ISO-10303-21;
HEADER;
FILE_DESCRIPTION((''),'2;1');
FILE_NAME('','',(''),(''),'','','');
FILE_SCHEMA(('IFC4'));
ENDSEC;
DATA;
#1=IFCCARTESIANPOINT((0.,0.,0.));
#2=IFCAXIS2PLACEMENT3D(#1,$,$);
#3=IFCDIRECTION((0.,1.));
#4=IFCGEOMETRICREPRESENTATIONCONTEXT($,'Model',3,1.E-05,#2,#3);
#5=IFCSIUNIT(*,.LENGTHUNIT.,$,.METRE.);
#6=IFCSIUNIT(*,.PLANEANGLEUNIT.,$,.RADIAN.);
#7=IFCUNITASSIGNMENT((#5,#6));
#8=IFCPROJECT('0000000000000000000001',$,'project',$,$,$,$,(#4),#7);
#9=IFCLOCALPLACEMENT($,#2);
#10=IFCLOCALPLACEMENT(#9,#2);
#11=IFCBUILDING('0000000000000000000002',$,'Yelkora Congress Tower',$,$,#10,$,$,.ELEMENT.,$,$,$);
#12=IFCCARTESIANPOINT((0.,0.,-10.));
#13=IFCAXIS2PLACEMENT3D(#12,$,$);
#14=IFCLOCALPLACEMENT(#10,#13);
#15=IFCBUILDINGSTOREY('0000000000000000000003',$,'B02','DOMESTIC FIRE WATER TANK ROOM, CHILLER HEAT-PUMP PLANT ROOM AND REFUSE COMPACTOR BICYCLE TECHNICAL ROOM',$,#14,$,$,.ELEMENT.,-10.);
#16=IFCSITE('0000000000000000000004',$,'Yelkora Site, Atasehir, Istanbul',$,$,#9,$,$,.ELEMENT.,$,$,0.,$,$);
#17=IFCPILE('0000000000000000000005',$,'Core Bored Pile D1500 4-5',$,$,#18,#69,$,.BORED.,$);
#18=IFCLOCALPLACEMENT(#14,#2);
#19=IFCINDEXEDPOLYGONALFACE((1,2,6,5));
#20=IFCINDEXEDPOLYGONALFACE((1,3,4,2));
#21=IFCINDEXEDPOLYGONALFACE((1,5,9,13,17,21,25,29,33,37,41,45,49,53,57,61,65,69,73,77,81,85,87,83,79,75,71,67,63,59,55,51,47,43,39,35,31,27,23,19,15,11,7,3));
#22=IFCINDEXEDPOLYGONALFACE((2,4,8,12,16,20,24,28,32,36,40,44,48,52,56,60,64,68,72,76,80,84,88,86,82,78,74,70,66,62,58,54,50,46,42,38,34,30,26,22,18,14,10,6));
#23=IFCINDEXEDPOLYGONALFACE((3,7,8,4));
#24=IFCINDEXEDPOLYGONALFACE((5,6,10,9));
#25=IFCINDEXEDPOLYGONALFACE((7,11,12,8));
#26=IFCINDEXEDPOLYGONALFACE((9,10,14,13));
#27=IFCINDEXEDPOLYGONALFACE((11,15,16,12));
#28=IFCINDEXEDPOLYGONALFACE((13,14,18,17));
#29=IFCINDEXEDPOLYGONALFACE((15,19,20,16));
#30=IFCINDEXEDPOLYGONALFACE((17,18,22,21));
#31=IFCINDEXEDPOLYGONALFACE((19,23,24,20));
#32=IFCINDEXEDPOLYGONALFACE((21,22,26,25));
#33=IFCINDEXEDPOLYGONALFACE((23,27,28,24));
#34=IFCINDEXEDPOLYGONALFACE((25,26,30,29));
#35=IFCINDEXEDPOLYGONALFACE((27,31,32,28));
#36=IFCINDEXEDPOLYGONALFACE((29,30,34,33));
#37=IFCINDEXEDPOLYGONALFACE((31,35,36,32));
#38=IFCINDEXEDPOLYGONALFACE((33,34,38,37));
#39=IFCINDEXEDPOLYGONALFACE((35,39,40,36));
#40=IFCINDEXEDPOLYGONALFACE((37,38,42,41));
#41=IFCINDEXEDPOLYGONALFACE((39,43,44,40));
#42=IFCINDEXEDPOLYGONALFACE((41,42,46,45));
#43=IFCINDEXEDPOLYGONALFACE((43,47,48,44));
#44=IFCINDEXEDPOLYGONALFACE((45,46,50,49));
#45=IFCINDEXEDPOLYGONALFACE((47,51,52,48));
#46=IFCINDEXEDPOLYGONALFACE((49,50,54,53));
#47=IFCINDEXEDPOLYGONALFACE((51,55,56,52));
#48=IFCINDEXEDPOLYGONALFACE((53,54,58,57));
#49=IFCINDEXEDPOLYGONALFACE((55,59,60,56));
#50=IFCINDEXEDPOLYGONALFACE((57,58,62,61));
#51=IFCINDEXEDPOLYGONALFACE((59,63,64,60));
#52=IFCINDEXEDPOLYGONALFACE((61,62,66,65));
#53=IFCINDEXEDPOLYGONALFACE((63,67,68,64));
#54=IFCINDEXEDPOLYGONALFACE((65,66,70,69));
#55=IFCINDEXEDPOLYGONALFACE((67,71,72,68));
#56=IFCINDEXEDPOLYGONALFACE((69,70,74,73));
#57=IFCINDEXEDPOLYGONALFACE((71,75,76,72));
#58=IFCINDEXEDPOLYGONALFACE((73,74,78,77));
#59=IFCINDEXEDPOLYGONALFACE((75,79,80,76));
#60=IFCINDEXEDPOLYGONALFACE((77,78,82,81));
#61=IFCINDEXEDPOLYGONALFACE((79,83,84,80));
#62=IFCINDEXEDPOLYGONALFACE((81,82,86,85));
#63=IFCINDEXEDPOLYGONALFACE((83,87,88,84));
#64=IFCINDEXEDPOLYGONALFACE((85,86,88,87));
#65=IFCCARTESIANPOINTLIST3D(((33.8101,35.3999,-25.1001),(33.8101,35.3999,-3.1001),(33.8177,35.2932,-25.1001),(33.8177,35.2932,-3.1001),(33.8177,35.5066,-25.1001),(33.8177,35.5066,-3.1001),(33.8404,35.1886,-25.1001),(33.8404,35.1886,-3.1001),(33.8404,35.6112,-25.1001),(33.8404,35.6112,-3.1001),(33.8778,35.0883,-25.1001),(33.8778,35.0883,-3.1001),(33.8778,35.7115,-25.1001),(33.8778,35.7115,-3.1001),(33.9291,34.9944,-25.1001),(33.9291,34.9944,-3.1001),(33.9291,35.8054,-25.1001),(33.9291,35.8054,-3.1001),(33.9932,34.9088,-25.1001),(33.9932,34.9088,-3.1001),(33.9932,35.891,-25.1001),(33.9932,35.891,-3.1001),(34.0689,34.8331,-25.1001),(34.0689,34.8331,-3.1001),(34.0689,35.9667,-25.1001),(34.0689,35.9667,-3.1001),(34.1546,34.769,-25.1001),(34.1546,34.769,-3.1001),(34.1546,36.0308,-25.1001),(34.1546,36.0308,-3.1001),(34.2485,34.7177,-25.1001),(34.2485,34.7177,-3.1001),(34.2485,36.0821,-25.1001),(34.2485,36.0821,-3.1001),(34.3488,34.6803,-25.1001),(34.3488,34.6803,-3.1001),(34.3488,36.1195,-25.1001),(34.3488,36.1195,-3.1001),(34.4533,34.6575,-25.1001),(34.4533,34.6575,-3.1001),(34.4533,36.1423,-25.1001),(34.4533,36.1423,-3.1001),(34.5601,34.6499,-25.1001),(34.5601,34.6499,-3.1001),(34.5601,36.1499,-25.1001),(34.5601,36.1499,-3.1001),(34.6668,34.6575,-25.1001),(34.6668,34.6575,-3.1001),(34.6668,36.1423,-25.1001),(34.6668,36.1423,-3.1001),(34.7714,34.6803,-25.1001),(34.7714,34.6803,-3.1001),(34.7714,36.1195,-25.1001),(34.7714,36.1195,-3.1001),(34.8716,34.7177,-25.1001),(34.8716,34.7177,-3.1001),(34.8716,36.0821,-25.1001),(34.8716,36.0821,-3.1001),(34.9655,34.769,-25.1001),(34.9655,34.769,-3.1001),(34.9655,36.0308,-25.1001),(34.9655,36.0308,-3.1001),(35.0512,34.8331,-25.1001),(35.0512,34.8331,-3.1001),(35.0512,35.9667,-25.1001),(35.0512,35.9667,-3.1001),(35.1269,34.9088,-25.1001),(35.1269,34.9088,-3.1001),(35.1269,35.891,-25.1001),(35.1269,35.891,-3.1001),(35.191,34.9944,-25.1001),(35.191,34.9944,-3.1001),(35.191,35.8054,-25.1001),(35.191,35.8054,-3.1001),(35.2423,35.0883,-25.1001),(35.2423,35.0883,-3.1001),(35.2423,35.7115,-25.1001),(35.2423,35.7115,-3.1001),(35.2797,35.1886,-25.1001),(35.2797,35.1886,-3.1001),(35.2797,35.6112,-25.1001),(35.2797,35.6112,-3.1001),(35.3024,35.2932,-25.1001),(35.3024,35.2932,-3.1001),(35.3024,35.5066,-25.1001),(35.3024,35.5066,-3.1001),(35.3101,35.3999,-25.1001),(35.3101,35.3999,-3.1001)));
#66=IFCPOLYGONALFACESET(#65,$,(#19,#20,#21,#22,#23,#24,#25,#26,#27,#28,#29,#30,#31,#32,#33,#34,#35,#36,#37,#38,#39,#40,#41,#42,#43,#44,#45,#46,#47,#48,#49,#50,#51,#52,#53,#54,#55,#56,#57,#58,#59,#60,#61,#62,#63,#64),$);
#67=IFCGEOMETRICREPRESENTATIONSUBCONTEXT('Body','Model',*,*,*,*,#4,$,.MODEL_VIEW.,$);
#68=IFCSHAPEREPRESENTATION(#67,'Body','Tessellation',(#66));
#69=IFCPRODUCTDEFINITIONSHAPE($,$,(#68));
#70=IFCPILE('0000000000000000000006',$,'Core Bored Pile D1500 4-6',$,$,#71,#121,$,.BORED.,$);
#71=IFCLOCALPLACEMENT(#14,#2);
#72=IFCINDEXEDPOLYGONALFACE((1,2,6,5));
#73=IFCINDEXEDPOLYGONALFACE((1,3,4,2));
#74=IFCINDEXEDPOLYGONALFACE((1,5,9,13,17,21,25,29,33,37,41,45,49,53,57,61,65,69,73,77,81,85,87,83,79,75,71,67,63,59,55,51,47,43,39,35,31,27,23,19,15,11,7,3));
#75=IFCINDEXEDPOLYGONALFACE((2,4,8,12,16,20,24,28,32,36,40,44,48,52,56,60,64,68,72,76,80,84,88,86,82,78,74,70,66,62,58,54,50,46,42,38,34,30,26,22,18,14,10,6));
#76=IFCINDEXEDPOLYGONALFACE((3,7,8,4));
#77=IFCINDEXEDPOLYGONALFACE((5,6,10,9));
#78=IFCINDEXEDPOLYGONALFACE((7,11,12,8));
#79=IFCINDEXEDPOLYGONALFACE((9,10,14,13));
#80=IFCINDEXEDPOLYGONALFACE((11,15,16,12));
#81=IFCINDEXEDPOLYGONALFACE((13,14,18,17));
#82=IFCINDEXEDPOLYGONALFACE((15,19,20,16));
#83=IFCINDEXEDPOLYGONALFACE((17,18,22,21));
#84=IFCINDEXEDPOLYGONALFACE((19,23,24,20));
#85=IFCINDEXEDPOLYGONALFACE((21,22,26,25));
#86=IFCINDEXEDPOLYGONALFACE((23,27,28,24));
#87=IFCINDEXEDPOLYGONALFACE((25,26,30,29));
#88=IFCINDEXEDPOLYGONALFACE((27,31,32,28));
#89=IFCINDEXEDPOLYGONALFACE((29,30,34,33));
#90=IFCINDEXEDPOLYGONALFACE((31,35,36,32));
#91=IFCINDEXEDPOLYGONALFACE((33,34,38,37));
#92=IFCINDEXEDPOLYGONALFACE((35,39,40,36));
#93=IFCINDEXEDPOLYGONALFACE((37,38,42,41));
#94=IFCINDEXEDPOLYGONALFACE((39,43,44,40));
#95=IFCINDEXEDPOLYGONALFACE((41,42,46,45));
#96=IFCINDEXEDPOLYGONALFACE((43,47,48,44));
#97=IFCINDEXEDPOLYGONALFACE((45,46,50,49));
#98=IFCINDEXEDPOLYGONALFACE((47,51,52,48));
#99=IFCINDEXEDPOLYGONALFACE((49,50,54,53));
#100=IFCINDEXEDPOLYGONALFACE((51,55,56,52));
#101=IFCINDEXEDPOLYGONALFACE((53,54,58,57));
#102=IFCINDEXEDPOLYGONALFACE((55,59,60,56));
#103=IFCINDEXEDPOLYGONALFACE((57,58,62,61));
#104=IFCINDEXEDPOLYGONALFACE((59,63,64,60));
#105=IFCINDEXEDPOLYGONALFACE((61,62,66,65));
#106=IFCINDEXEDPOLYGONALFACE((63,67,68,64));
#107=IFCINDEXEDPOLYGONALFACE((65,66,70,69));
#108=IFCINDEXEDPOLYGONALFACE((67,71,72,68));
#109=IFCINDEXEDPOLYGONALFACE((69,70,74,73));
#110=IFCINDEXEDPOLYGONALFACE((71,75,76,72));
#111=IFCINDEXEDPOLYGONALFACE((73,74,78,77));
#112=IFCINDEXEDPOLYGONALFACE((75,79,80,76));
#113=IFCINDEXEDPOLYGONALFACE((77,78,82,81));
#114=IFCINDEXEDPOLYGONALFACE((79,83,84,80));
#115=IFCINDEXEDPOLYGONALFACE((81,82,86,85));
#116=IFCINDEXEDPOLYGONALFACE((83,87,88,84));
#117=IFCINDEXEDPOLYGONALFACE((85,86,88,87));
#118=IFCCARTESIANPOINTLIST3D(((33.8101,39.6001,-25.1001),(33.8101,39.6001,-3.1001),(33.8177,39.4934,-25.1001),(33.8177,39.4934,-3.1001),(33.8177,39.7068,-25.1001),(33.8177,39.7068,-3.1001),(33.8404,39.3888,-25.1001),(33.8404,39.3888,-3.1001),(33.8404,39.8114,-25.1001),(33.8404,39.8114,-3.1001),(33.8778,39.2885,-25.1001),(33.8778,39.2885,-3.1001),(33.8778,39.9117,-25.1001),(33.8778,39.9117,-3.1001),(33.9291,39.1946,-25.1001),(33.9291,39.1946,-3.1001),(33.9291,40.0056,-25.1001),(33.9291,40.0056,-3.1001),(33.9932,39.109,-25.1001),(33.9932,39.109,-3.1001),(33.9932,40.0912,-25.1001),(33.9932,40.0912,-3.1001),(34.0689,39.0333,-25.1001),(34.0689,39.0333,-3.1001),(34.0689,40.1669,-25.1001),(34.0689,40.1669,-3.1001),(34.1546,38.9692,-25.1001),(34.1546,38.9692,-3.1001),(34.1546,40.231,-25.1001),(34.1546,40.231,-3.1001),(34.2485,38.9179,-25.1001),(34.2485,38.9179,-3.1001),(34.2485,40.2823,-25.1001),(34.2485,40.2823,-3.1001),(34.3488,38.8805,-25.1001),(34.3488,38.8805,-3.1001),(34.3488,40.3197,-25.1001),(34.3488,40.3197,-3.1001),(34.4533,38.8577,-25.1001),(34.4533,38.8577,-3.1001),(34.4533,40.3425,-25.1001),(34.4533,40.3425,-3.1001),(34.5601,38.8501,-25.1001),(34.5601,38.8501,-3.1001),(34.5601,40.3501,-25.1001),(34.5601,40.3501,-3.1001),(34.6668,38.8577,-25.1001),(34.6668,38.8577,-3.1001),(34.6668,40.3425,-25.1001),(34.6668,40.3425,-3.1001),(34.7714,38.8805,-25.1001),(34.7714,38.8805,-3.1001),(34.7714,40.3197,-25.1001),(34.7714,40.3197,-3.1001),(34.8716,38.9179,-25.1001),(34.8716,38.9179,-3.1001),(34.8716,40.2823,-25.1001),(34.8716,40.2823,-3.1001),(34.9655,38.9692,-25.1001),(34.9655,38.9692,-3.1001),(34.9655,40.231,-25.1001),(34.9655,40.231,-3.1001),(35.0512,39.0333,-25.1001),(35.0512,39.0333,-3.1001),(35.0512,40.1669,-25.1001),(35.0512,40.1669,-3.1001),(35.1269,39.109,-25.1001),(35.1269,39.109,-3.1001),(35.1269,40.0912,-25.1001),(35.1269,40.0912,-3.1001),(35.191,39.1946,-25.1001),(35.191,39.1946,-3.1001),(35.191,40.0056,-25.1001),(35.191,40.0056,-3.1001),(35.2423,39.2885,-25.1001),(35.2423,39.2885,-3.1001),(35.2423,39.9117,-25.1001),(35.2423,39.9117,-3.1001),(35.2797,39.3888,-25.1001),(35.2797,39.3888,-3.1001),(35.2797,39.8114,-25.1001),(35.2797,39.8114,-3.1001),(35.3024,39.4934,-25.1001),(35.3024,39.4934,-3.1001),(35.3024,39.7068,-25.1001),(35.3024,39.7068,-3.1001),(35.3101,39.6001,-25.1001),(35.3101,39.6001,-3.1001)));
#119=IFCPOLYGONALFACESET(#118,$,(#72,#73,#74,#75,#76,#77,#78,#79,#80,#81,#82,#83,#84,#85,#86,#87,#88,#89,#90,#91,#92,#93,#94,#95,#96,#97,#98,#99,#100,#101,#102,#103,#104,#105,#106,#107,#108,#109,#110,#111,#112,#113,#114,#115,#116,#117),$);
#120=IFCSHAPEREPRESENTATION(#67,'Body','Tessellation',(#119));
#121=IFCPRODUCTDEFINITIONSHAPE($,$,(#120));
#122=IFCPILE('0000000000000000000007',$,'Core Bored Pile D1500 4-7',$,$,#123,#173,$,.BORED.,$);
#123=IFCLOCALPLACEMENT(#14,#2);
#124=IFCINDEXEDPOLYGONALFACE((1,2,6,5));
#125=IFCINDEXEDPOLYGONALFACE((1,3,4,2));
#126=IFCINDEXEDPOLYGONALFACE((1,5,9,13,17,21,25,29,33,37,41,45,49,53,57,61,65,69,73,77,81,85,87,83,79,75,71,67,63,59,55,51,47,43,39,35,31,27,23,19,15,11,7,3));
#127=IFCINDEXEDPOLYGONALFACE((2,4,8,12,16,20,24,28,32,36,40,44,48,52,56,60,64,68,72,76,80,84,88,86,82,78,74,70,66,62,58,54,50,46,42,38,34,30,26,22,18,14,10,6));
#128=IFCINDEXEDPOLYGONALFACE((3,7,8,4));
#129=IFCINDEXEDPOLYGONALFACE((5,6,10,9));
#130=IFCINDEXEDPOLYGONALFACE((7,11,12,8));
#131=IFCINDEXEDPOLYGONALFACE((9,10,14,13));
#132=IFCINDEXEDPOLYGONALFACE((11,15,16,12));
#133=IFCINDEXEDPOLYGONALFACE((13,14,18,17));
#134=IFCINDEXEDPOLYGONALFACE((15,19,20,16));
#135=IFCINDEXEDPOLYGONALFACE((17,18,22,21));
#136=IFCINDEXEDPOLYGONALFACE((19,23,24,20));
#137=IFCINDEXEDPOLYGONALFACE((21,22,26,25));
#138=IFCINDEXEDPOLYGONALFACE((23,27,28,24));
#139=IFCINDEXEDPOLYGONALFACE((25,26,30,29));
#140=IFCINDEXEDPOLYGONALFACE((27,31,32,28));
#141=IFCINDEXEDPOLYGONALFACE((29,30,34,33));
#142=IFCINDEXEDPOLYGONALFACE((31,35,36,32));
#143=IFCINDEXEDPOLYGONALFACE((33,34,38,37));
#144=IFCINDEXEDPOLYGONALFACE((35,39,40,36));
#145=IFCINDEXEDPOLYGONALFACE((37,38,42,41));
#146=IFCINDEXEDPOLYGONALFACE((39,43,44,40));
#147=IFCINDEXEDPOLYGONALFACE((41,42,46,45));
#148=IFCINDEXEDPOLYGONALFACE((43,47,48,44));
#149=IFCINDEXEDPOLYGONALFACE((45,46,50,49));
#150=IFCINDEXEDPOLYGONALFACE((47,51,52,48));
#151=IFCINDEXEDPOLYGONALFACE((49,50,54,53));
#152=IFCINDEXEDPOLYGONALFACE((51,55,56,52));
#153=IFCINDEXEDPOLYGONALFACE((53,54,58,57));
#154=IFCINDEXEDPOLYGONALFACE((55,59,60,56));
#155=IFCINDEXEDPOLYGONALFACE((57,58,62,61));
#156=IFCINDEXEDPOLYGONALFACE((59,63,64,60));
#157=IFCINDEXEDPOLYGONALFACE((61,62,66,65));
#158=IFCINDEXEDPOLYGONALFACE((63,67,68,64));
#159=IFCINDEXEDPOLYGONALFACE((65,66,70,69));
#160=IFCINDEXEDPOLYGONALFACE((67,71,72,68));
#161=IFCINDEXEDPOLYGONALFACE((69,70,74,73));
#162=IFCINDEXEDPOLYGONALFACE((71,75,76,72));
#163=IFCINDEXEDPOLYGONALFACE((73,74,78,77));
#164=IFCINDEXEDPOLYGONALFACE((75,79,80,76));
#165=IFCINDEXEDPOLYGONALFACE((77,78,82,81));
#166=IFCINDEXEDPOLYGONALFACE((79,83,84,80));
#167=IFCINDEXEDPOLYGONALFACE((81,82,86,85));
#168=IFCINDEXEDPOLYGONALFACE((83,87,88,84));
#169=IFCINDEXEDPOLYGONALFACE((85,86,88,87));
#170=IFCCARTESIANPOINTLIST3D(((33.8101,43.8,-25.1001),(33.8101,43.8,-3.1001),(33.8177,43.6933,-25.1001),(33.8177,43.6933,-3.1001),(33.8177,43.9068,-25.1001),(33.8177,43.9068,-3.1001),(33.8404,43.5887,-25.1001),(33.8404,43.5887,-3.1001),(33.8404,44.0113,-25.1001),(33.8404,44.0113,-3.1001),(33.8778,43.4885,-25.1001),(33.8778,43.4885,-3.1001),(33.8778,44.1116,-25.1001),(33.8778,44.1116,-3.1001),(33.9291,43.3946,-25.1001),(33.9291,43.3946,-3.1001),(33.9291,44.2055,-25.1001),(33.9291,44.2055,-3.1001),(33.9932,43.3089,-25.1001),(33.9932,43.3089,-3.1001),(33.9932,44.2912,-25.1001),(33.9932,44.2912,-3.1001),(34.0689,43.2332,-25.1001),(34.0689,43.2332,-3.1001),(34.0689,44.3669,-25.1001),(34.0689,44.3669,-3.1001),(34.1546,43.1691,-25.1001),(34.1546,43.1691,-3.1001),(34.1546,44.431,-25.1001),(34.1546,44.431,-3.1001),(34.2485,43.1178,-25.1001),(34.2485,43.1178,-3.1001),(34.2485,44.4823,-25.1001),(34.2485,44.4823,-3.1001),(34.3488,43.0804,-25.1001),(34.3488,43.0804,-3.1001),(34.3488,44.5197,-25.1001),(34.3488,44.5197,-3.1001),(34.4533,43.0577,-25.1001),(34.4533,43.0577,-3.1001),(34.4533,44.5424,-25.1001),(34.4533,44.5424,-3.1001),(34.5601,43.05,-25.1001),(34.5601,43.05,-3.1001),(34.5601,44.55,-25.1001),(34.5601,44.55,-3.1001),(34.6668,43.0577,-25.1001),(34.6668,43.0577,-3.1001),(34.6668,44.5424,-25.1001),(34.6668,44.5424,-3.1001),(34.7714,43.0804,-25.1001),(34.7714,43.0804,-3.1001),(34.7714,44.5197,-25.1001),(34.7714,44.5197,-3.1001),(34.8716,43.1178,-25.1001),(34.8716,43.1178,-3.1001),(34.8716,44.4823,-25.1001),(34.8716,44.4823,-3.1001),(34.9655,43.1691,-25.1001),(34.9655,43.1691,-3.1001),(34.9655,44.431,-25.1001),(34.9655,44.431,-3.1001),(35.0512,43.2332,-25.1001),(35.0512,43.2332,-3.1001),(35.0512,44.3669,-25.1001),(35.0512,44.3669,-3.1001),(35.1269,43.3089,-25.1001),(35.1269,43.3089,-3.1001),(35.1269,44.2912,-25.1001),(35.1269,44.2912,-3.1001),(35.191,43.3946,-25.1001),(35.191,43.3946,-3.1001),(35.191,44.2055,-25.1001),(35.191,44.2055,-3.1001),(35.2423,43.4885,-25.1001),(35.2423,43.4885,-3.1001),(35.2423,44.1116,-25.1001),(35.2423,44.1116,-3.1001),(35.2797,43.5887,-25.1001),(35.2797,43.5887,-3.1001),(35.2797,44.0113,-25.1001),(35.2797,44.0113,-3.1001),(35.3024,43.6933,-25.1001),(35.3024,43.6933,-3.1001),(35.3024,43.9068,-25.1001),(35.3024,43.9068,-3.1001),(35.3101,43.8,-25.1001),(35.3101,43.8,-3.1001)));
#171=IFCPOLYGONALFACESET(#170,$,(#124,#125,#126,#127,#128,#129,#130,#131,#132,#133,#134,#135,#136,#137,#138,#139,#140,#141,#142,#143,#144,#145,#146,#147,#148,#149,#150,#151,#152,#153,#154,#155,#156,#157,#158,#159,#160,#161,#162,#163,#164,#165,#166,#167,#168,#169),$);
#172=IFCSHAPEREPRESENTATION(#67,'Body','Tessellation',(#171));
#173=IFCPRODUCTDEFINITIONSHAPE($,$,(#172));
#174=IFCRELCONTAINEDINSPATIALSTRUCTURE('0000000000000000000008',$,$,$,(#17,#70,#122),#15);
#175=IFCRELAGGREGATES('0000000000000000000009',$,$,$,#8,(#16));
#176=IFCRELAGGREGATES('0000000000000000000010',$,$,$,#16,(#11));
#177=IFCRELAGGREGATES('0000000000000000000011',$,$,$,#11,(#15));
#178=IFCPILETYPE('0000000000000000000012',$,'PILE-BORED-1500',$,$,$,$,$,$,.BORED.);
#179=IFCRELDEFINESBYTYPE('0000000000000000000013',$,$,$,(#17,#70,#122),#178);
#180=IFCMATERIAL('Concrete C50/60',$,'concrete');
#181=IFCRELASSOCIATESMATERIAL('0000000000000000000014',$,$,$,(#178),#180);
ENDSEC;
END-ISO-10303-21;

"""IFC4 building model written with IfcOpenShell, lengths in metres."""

from ifc_helpers import new_model, si_unit, direction, frame, origin, origin_2d, place, context, subcontext, project, spatial, circle, extrude, material, material_profile, profile_set, type_object, element, save


model = new_model("IFC4")

# Units and contexts
model_context = context("Model", 3, precision=1e-05, world=origin(), true_north=direction((0.0, 1.0)))
body_context = subcontext(model_context, "Body", "Model", "MODEL_VIEW")
ifc_project = project(units=[si_unit("LENGTHUNIT", "METRE"), si_unit("PLANEANGLEUNIT", "RADIAN")], contexts=[model_context])

# Site, building, storey
site_placement = place(None, origin())
site = spatial("IfcSite", under=ifc_project, at=site_placement, Name="Yelkora Site, Atasehir, Istanbul", CompositionType="ELEMENT", RefElevation=0.0)
building_placement = place(site_placement, origin())
building = spatial("IfcBuilding", under=site, at=building_placement, Name="Yelkora Congress Tower", CompositionType="ELEMENT")
storey_placement = place(building_placement, frame((0.0, 0.0, -10.0)))
storey = spatial("IfcBuildingStorey", under=building, at=storey_placement, Name="B02", Description="DOMESTIC FIRE WATER TANK ROOM, CHILLER HEAT-PUMP PLANT ROOM AND REFUSE COMPACTOR BICYCLE TECHNICAL ROOM", CompositionType="ELEMENT", Elevation=-10.0)

# Piles
ifc_material_1 = material(Name="Concrete C50/60", Category="concrete")
ifc_material_profile_1 = material_profile(ifc_material_1, circle(Radius=0.75, at=origin_2d()), Name="PILE D1500")
ifc_profile_set_1 = profile_set([ifc_material_profile_1], Name="Concrete C50/60")
pile_type = type_object("IfcPileType", Name="PILE-BORED-1500", PredefinedType="BORED", material=ifc_profile_set_1)
for number, where, z_axis, x_axis, name in (
    (1, (34.5601, 35.3999, -3.1001), (0.0, 0.0, -1.0), (1.0, 0.0, 0.0), "Core Bored Pile D1500 4-5"),
    (2, (34.5601, 39.6001, -3.1001), (0.0, 0.0, -1.0), (1.0, 0.0, 0.0), "Core Bored Pile D1500 4-6"),
    (3, (34.5601, 43.8, -3.1001), (0.0, 0.0, -1.0), (1.0, 0.0, 0.0), "Core Bored Pile D1500 4-7"),
):
    element("IfcPile", number, at=place(storey_placement, frame(where, z_axis=z_axis, x_axis=x_axis)), inside=storey, type_object=pile_type, Name=name, PredefinedType="BORED", context=body_context, shape_type="SweptSolid", body=[
        extrude(circle(Radius=0.75, at=origin_2d()), origin(), (0.0, 0.0, 1.0), 22.0),
    ])

save(model, "model.ifc")
